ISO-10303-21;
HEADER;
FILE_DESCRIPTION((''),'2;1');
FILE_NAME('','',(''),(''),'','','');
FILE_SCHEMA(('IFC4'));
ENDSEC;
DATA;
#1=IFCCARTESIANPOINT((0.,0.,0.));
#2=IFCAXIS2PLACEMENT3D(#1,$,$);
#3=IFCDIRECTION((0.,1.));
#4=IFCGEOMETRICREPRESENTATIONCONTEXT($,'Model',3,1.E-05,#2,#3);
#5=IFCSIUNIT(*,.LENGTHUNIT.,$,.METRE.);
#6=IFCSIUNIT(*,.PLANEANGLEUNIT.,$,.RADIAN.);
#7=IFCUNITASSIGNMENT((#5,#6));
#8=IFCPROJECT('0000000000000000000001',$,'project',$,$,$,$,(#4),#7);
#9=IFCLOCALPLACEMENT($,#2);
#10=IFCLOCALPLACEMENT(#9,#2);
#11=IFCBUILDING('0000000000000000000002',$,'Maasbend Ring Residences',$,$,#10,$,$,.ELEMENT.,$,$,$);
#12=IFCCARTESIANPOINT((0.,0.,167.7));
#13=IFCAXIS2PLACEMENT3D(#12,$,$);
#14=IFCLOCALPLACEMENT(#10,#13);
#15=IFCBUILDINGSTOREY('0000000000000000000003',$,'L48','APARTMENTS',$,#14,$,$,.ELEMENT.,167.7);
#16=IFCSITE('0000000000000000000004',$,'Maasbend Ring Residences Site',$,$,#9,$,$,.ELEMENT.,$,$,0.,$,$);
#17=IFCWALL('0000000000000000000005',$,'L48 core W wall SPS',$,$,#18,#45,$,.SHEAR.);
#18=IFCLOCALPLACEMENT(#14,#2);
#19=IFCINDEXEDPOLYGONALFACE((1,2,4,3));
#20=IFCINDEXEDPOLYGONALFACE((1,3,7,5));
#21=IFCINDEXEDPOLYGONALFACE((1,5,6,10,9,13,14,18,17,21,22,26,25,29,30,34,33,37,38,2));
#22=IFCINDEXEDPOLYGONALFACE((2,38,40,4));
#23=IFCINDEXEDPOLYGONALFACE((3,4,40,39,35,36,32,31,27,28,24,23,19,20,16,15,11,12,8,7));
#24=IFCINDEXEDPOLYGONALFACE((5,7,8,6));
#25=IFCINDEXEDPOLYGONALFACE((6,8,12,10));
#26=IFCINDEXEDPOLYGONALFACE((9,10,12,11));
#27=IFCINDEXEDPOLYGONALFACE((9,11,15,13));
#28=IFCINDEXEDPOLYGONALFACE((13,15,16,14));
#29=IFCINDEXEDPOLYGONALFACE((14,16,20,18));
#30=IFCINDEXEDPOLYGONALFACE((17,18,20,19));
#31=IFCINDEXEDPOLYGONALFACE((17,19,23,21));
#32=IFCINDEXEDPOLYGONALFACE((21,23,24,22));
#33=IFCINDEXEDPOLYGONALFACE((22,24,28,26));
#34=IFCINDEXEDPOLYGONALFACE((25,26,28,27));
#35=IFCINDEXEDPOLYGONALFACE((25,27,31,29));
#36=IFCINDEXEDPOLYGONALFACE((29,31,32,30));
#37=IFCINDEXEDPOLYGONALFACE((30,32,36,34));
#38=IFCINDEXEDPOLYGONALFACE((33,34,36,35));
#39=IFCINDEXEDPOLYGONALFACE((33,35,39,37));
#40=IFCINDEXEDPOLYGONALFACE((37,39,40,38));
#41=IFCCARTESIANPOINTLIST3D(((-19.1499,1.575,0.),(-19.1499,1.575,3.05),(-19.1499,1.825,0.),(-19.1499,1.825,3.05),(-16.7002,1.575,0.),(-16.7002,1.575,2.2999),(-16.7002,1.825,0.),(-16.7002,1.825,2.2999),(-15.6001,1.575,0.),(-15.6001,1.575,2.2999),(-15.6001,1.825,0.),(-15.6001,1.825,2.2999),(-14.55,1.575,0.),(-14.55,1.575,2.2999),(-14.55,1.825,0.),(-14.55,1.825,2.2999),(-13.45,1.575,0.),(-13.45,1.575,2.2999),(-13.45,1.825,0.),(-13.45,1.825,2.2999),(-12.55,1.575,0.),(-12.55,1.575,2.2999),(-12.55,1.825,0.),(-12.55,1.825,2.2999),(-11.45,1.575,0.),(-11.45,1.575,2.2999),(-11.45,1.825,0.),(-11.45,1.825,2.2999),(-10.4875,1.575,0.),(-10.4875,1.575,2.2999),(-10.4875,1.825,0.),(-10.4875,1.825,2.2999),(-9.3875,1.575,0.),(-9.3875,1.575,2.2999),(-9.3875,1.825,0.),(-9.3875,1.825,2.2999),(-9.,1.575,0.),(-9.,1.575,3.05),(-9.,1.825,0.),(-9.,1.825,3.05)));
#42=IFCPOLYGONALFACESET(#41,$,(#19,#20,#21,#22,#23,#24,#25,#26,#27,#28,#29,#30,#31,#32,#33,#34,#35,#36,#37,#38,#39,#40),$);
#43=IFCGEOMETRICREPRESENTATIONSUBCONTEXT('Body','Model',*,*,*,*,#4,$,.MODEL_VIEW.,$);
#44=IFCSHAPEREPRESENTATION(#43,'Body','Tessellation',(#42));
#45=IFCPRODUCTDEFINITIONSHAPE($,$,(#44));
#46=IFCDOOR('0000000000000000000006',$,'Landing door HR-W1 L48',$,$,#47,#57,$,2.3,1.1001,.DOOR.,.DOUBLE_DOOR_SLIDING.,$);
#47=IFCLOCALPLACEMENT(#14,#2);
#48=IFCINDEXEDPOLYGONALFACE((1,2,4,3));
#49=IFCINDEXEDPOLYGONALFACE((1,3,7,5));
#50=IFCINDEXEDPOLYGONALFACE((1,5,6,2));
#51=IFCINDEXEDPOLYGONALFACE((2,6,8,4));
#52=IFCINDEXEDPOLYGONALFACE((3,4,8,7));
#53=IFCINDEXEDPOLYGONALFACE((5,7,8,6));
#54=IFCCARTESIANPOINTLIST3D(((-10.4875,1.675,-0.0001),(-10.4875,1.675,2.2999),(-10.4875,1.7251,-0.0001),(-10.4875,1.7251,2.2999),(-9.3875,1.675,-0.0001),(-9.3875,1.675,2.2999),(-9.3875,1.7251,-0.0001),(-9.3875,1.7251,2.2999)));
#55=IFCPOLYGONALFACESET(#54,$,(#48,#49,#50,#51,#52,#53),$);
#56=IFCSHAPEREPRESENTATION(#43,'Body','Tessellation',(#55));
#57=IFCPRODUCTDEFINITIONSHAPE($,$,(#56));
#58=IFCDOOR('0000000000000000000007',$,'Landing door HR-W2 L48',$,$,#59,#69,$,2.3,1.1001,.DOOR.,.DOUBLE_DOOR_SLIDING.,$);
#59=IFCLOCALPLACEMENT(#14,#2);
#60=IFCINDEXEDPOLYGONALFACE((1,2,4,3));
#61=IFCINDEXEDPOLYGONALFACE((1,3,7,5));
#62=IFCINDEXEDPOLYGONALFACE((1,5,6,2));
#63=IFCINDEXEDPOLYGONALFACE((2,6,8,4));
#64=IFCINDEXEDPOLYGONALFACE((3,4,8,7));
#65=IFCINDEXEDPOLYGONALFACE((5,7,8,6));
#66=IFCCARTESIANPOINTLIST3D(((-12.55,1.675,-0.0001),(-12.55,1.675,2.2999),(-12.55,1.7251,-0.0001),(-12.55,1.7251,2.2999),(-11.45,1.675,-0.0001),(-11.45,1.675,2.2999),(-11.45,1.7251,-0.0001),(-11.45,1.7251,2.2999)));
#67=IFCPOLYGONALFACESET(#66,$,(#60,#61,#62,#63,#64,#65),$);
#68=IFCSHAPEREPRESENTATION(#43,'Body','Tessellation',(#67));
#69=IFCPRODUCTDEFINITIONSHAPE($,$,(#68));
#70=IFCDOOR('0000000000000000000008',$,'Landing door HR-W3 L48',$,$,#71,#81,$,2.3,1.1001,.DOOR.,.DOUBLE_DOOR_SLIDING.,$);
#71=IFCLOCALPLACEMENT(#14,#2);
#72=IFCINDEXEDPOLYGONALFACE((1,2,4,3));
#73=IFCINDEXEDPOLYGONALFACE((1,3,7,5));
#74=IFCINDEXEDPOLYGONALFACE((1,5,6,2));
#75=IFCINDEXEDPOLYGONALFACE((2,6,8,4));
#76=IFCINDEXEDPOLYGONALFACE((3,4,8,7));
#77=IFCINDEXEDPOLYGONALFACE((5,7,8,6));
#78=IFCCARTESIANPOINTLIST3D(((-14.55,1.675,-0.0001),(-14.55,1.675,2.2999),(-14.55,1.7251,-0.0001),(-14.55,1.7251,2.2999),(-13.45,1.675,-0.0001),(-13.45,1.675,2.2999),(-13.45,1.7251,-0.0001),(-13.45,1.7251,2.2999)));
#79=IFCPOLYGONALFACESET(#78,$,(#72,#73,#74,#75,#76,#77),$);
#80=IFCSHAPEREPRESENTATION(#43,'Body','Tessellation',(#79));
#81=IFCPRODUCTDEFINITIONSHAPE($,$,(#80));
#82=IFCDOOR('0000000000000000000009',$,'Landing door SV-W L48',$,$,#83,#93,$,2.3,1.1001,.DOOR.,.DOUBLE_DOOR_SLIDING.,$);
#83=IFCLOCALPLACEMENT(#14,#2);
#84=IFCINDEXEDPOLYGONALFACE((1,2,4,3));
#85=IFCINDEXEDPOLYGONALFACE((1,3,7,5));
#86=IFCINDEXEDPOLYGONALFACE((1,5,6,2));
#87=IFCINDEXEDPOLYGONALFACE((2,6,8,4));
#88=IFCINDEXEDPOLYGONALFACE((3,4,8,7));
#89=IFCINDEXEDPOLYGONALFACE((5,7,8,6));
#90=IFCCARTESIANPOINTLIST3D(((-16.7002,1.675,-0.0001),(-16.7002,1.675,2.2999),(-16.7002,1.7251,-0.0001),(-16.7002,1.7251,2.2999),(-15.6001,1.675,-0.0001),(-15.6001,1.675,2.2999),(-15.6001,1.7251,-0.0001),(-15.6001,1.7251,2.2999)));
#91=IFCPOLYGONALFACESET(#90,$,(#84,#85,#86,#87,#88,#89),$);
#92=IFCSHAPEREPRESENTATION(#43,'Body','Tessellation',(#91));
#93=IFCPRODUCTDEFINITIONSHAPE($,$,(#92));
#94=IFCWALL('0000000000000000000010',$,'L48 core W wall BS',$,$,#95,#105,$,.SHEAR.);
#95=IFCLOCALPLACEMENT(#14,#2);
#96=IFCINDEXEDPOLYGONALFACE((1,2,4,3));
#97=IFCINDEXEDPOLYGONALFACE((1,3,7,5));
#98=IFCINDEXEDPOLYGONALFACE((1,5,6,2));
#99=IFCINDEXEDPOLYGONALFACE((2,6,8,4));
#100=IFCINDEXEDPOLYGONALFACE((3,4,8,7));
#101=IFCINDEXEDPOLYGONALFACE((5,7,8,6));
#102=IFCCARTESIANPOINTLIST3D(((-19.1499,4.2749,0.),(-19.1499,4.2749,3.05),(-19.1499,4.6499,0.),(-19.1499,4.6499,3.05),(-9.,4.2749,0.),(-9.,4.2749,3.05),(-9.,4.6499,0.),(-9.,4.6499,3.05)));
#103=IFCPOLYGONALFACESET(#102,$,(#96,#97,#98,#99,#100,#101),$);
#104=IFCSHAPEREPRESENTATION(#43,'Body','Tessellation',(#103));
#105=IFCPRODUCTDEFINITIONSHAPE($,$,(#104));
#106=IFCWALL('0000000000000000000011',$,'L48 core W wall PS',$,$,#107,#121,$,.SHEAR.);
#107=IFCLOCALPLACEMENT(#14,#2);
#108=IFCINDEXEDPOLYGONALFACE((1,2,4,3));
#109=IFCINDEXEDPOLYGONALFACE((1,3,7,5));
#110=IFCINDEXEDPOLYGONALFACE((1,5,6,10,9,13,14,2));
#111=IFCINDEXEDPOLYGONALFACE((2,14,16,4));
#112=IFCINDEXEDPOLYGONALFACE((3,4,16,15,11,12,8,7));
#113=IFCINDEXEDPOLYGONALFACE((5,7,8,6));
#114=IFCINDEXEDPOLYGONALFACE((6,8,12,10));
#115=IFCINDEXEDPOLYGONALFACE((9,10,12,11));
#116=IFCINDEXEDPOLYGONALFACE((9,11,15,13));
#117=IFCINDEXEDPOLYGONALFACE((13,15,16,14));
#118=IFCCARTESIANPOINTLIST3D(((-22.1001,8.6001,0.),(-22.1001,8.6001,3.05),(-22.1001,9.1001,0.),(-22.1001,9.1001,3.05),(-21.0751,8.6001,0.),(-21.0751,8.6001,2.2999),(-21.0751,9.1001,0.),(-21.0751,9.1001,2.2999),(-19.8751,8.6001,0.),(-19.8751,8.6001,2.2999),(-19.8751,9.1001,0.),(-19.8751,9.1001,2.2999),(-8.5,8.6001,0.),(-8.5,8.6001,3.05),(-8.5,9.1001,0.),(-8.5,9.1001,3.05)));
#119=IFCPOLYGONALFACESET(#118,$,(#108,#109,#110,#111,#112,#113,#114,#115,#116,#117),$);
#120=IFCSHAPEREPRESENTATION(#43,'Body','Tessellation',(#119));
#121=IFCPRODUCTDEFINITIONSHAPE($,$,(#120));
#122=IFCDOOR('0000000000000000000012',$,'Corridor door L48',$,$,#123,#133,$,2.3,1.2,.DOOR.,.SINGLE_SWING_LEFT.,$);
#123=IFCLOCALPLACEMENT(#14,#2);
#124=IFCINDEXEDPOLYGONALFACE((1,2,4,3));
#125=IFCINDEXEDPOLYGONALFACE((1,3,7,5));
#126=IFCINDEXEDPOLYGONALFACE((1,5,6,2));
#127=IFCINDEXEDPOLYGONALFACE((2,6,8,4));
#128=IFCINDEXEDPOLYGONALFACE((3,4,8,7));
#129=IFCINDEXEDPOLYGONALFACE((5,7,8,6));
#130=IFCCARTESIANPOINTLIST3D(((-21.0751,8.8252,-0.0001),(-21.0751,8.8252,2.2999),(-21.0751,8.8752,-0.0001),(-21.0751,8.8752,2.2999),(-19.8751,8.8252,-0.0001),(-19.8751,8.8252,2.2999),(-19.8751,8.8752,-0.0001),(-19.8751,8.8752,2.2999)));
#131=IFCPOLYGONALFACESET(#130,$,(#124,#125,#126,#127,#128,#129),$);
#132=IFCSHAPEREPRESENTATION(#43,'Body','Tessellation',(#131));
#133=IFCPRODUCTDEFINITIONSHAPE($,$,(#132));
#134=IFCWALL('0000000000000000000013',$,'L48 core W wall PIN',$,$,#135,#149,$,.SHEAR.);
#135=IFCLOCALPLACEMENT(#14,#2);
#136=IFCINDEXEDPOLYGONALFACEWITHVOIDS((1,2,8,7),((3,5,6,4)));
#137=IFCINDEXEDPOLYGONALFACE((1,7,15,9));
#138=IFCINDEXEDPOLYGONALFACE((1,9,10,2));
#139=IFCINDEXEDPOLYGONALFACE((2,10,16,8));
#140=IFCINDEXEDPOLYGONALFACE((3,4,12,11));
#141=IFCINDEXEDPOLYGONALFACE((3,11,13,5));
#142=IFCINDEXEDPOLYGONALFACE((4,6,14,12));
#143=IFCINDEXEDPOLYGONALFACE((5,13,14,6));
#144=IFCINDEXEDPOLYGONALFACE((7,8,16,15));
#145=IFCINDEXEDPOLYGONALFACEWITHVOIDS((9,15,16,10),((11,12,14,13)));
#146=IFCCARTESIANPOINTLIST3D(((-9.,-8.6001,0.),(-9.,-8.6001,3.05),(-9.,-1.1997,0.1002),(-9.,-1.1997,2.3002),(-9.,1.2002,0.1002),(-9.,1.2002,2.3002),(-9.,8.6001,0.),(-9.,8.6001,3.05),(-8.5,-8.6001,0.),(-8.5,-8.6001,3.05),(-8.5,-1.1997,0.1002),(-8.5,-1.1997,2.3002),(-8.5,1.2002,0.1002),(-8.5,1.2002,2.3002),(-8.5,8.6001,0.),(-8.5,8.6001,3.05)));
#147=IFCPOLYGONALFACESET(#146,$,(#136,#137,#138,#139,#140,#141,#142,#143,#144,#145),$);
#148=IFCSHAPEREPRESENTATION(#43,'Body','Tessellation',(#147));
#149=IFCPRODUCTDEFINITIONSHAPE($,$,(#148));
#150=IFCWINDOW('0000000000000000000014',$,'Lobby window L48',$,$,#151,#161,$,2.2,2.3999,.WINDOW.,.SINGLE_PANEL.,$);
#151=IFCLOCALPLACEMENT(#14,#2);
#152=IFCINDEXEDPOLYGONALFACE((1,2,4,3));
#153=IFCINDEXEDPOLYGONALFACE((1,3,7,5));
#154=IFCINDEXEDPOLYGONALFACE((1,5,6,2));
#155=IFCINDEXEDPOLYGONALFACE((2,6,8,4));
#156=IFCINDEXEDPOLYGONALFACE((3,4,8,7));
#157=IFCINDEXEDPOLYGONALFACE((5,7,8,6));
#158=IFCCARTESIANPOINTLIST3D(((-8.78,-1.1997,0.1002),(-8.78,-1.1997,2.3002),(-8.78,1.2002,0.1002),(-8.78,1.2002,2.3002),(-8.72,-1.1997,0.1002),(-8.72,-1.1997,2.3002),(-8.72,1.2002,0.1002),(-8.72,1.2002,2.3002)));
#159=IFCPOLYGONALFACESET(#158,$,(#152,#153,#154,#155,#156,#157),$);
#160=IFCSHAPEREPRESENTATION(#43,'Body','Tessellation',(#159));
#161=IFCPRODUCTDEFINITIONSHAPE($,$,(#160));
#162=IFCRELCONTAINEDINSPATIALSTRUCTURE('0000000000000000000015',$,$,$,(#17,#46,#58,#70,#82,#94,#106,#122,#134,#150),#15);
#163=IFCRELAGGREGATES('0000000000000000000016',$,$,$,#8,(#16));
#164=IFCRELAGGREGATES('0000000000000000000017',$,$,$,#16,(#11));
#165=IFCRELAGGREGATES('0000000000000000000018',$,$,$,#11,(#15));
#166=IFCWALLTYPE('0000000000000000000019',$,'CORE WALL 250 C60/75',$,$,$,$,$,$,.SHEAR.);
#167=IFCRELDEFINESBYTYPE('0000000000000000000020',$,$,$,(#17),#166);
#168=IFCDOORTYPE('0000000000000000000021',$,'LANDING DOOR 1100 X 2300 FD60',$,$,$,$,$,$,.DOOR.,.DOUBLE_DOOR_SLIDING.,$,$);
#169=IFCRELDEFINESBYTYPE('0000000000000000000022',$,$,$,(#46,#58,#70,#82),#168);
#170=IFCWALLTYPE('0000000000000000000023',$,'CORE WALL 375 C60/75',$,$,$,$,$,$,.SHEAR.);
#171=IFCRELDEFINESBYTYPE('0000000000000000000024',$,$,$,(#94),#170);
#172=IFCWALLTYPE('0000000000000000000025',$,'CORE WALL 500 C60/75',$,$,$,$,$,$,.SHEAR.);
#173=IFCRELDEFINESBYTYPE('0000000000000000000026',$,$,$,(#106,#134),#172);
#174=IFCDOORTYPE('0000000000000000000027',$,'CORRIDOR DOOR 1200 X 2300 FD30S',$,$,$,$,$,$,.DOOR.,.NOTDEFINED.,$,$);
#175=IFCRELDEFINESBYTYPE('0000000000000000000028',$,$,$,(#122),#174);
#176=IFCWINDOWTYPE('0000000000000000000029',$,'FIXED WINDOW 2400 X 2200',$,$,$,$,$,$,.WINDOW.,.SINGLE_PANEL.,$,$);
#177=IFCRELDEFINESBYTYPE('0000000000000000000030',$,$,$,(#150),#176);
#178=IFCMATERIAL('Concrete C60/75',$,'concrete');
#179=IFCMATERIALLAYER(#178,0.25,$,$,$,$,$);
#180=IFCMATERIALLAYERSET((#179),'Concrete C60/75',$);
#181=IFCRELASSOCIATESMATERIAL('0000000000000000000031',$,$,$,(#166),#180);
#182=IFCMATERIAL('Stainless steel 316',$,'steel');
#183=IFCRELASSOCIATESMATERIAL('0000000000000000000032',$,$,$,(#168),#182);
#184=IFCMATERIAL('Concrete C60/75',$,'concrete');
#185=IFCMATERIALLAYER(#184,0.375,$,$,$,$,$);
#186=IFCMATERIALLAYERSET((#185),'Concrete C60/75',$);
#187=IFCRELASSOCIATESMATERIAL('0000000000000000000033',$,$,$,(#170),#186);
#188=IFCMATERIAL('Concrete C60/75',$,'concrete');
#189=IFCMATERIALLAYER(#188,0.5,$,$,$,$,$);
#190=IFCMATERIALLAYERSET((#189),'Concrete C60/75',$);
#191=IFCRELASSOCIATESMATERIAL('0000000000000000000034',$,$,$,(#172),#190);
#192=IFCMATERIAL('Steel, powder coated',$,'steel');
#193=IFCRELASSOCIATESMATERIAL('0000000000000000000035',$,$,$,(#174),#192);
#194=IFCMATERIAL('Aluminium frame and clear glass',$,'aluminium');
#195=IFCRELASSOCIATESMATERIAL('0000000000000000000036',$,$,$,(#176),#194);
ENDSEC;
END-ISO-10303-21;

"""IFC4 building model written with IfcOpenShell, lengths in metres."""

from ifc_helpers import new_model, si_unit, direction, frame, frame_2d, origin, place, context, subcontext, project, spatial, rectangle, extrude, material, layer, layer_set, type_object, element, fill, save


model = new_model("IFC4")

# Units and contexts
model_context = context("Model", 3, precision=1e-05, world=origin(), true_north=direction((0.0, 1.0)))
body_context = subcontext(model_context, "Body", "Model", "MODEL_VIEW")
ifc_project = project(units=[si_unit("LENGTHUNIT", "METRE"), si_unit("PLANEANGLEUNIT", "RADIAN")], contexts=[model_context])

# Site, building, storey
site_placement = place(None, origin())
site = spatial("IfcSite", under=ifc_project, at=site_placement, Name="Maasbend Ring Residences Site", CompositionType="ELEMENT", RefElevation=0.0)
building_placement = place(site_placement, origin())
building = spatial("IfcBuilding", under=site, at=building_placement, Name="Maasbend Ring Residences", CompositionType="ELEMENT")
storey_placement = place(building_placement, frame((0.0, 0.0, 167.7)))
storey = spatial("IfcBuildingStorey", under=building, at=storey_placement, Name="L48", Description="APARTMENTS", CompositionType="ELEMENT", Elevation=167.7)

# Wall, openings, doors
ifc_material_1 = material(Name="Concrete C60/75", Category="concrete")
ifc_layer_1 = layer(ifc_material_1, 0.25)
ifc_layer_set_1 = layer_set([ifc_layer_1], Name="Concrete C60/75")
wall_type_1 = type_object("IfcWallType", Name="CORE WALL 250 C60/75", PredefinedType="SHEAR", material=ifc_layer_set_1)
wall_1_placement = place(storey_placement, frame((-9.0, 1.7, 0.0), z_axis=(0.0, 0.0, 1.0), x_axis=(-1.0, 0.0, 0.0)))
wall_1 = element("IfcWall", 1, at=wall_1_placement, inside=storey, type_object=wall_type_1, Name="L48 core W wall SPS", PredefinedType="SHEAR", context=body_context, shape_type="SweptSolid", body=[
    extrude(rectangle(XDim=10.1499, YDim=0.25, at=frame_2d((5.075, 0.0))), origin(), (0.0, 0.0, 1.0), 3.05),
])
opening_1_placement = place(wall_1_placement, frame((0.3875, 0.0, 0.0)))
opening_1 = element("IfcOpeningElement", 2, at=opening_1_placement, cuts=wall_1, PredefinedType="OPENING", context=body_context, shape_type="SweptSolid", body=[
    extrude(rectangle(XDim=1.1001, YDim=2.3, at=frame_2d((0.55, 1.1499))), frame((0.0, 0.135, 0.0), z_axis=(0.0, -1.0, 0.0), x_axis=(1.0, 0.0, 0.0)), (0.0, 0.0, 1.0), 0.27),
])
opening_2_placement = place(wall_1_placement, frame((2.45, 0.0, 0.0)))
opening_2 = element("IfcOpeningElement", 3, at=opening_2_placement, cuts=wall_1, PredefinedType="OPENING", context=body_context, shape_type="SweptSolid", body=[
    extrude(rectangle(XDim=1.1001, YDim=2.3, at=frame_2d((0.55, 1.1499))), frame((0.0, 0.135, 0.0), z_axis=(0.0, -1.0, 0.0), x_axis=(1.0, 0.0, 0.0)), (0.0, 0.0, 1.0), 0.27),
])
opening_3_placement = place(wall_1_placement, frame((4.45, 0.0, 0.0)))
opening_3 = element("IfcOpeningElement", 4, at=opening_3_placement, cuts=wall_1, PredefinedType="OPENING", context=body_context, shape_type="SweptSolid", body=[
    extrude(rectangle(XDim=1.1001, YDim=2.3, at=frame_2d((0.55, 1.1499))), frame((0.0, 0.135, 0.0), z_axis=(0.0, -1.0, 0.0), x_axis=(1.0, 0.0, 0.0)), (0.0, 0.0, 1.0), 0.27),
])
opening_4_placement = place(wall_1_placement, frame((6.6001, 0.0, 0.0)))
opening_4 = element("IfcOpeningElement", 5, at=opening_4_placement, cuts=wall_1, PredefinedType="OPENING", context=body_context, shape_type="SweptSolid", body=[
    extrude(rectangle(XDim=1.1001, YDim=2.3, at=frame_2d((0.55, 1.1499))), frame((0.0, 0.135, 0.0), z_axis=(0.0, -1.0, 0.0), x_axis=(1.0, 0.0, 0.0)), (0.0, 0.0, 1.0), 0.27),
])
ifc_material_2 = material(Name="Stainless steel 316", Category="steel")
door_type_1 = type_object("IfcDoorType", Name="LANDING DOOR 1100 X 2300 FD60", OperationType="DOUBLE_DOOR_SLIDING", PredefinedType="DOOR", material=ifc_material_2)
door_1_placement = place(opening_1_placement, origin())
door_1 = element("IfcDoor", 6, at=door_1_placement, inside=storey, type_object=door_type_1, Name="Landing door HR-W1 L48", OperationType="DOUBLE_DOOR_SLIDING", OverallHeight=2.3, OverallWidth=1.1001, PredefinedType="DOOR", context=body_context, shape_type="SweptSolid", body=[
    extrude(rectangle(XDim=1.1001, YDim=2.3, at=frame_2d((0.55, 1.1499))), frame((0.0, 0.0249, 0.0), z_axis=(0.0, -1.0, 0.0), x_axis=(1.0, 0.0, 0.0)), (0.0, 0.0, 1.0), 0.05),
])
fill(opening_1, door_1)
door_2_placement = place(opening_2_placement, origin())
door_2 = element("IfcDoor", 7, at=door_2_placement, inside=storey, type_object=door_type_1, Name="Landing door HR-W2 L48", OperationType="DOUBLE_DOOR_SLIDING", OverallHeight=2.3, OverallWidth=1.1001, PredefinedType="DOOR", context=body_context, shape_type="SweptSolid", body=[
    extrude(rectangle(XDim=1.1001, YDim=2.3, at=frame_2d((0.55, 1.1499))), frame((0.0, 0.0249, 0.0), z_axis=(0.0, -1.0, 0.0), x_axis=(1.0, 0.0, 0.0)), (0.0, 0.0, 1.0), 0.05),
])
fill(opening_2, door_2)
door_3_placement = place(opening_3_placement, origin())
door_3 = element("IfcDoor", 8, at=door_3_placement, inside=storey, type_object=door_type_1, Name="Landing door HR-W3 L48", OperationType="DOUBLE_DOOR_SLIDING", OverallHeight=2.3, OverallWidth=1.1001, PredefinedType="DOOR", context=body_context, shape_type="SweptSolid", body=[
    extrude(rectangle(XDim=1.1001, YDim=2.3, at=frame_2d((0.55, 1.1499))), frame((0.0, 0.0249, 0.0), z_axis=(0.0, -1.0, 0.0), x_axis=(1.0, 0.0, 0.0)), (0.0, 0.0, 1.0), 0.05),
])
fill(opening_3, door_3)
door_4_placement = place(opening_4_placement, origin())
door_4 = element("IfcDoor", 9, at=door_4_placement, inside=storey, type_object=door_type_1, Name="Landing door SV-W L48", OperationType="DOUBLE_DOOR_SLIDING", OverallHeight=2.3, OverallWidth=1.1001, PredefinedType="DOOR", context=body_context, shape_type="SweptSolid", body=[
    extrude(rectangle(XDim=1.1001, YDim=2.3, at=frame_2d((0.55, 1.1499))), frame((0.0, 0.0249, 0.0), z_axis=(0.0, -1.0, 0.0), x_axis=(1.0, 0.0, 0.0)), (0.0, 0.0, 1.0), 0.05),
])
fill(opening_4, door_4)

# Wall
ifc_material_3 = material(Name="Concrete C60/75", Category="concrete")
ifc_layer_2 = layer(ifc_material_3, 0.375)
ifc_layer_set_2 = layer_set([ifc_layer_2], Name="Concrete C60/75")
wall_type_2 = type_object("IfcWallType", Name="CORE WALL 375 C60/75", PredefinedType="SHEAR", material=ifc_layer_set_2)
wall_2_placement = place(storey_placement, frame((-9.0, 4.4624, 0.0), z_axis=(0.0, 0.0, 1.0), x_axis=(-1.0, 0.0, 0.0)))
element("IfcWall", 10, at=wall_2_placement, inside=storey, type_object=wall_type_2, Name="L48 core W wall BS", PredefinedType="SHEAR", context=body_context, shape_type="SweptSolid", body=[
    extrude(rectangle(XDim=10.1499, YDim=0.375, at=frame_2d((5.075, 0.0))), origin(), (0.0, 0.0, 1.0), 3.05),
])

# Wall, opening, door
ifc_material_4 = material(Name="Concrete C60/75", Category="concrete")
ifc_layer_3 = layer(ifc_material_4, 0.5)
ifc_layer_set_3 = layer_set([ifc_layer_3], Name="Concrete C60/75")
wall_type_3 = type_object("IfcWallType", Name="CORE WALL 500 C60/75", PredefinedType="SHEAR", material=ifc_layer_set_3)
wall_3_placement = place(storey_placement, frame((-8.5, 8.8501, 0.0), z_axis=(0.0, 0.0, 1.0), x_axis=(-1.0, 0.0, 0.0)))
wall_3 = element("IfcWall", 11, at=wall_3_placement, inside=storey, type_object=wall_type_3, Name="L48 core W wall PS", PredefinedType="SHEAR", context=body_context, shape_type="SweptSolid", body=[
    extrude(rectangle(XDim=13.6001, YDim=0.5, at=frame_2d((6.8, 0.0))), origin(), (0.0, 0.0, 1.0), 3.05),
])
opening_5_placement = place(wall_3_placement, frame((11.375, 0.0, 0.0)))
opening_5 = element("IfcOpeningElement", 12, at=opening_5_placement, cuts=wall_3, PredefinedType="OPENING", context=body_context, shape_type="SweptSolid", body=[
    extrude(rectangle(XDim=1.2, YDim=2.3, at=frame_2d((0.6001, 1.1499))), frame((0.0, 0.26, 0.0), z_axis=(0.0, -1.0, 0.0), x_axis=(1.0, 0.0, 0.0)), (0.0, 0.0, 1.0), 0.52),
])
ifc_material_5 = material(Name="Steel, powder coated", Category="steel")
door_type_2 = type_object("IfcDoorType", Name="CORRIDOR DOOR 1200 X 2300 FD30S", OperationType="NOTDEFINED", PredefinedType="DOOR", material=ifc_material_5)
door_5_placement = place(opening_5_placement, origin())
door_5 = element("IfcDoor", 13, at=door_5_placement, inside=storey, type_object=door_type_2, Name="Corridor door L48", OperationType="SINGLE_SWING_LEFT", OverallHeight=2.3, OverallWidth=1.2, PredefinedType="DOOR", context=body_context, shape_type="SweptSolid", body=[
    extrude(rectangle(XDim=1.2, YDim=2.3, at=frame_2d((0.6001, 1.1499))), frame((0.0, 0.0249, 0.0), z_axis=(0.0, -1.0, 0.0), x_axis=(1.0, 0.0, 0.0)), (0.0, 0.0, 1.0), 0.05),
])
fill(opening_5, door_5)

# Wall, opening, window
wall_4_placement = place(storey_placement, frame((-8.75, 8.6001, 0.0), z_axis=(0.0, 0.0, 1.0), x_axis=(0.0, -1.0, 0.0)))
wall_4 = element("IfcWall", 14, at=wall_4_placement, inside=storey, type_object=wall_type_3, Name="L48 core W wall PIN", PredefinedType="SHEAR", context=body_context, shape_type="SweptSolid", body=[
    extrude(rectangle(XDim=17.2002, YDim=0.5, at=frame_2d((8.6001, 0.0))), origin(), (0.0, 0.0, 1.0), 3.05),
])
opening_6_placement = place(wall_4_placement, frame((7.3999, 0.0, 0.1001)))
opening_6 = element("IfcOpeningElement", 15, at=opening_6_placement, cuts=wall_4, PredefinedType="OPENING", context=body_context, shape_type="SweptSolid", body=[
    extrude(rectangle(XDim=2.3999, YDim=2.2, at=frame_2d((1.2, 1.1001))), frame((0.0, 0.26, 0.0), z_axis=(0.0, -1.0, 0.0), x_axis=(1.0, 0.0, 0.0)), (0.0, 0.0, 1.0), 0.52),
])
ifc_material_6 = material(Name="Aluminium frame and clear glass", Category="aluminium")
window_type = type_object("IfcWindowType", Name="FIXED WINDOW 2400 X 2200", PartitioningType="SINGLE_PANEL", PredefinedType="WINDOW", material=ifc_material_6)
window_placement = place(opening_6_placement, origin())
window = element("IfcWindow", 16, at=window_placement, inside=storey, type_object=window_type, Name="Lobby window L48", OverallHeight=2.2, OverallWidth=2.3999, PartitioningType="SINGLE_PANEL", PredefinedType="WINDOW", context=body_context, shape_type="SweptSolid", body=[
    extrude(rectangle(XDim=2.3999, YDim=2.2, at=frame_2d((1.2, 1.1001))), frame((0.0, 0.03, 0.0), z_axis=(0.0, -1.0, 0.0), x_axis=(1.0, 0.0, 0.0)), (0.0, 0.0, 1.0), 0.0601),
])
fill(opening_6, window)

save(model, "model.ifc")
